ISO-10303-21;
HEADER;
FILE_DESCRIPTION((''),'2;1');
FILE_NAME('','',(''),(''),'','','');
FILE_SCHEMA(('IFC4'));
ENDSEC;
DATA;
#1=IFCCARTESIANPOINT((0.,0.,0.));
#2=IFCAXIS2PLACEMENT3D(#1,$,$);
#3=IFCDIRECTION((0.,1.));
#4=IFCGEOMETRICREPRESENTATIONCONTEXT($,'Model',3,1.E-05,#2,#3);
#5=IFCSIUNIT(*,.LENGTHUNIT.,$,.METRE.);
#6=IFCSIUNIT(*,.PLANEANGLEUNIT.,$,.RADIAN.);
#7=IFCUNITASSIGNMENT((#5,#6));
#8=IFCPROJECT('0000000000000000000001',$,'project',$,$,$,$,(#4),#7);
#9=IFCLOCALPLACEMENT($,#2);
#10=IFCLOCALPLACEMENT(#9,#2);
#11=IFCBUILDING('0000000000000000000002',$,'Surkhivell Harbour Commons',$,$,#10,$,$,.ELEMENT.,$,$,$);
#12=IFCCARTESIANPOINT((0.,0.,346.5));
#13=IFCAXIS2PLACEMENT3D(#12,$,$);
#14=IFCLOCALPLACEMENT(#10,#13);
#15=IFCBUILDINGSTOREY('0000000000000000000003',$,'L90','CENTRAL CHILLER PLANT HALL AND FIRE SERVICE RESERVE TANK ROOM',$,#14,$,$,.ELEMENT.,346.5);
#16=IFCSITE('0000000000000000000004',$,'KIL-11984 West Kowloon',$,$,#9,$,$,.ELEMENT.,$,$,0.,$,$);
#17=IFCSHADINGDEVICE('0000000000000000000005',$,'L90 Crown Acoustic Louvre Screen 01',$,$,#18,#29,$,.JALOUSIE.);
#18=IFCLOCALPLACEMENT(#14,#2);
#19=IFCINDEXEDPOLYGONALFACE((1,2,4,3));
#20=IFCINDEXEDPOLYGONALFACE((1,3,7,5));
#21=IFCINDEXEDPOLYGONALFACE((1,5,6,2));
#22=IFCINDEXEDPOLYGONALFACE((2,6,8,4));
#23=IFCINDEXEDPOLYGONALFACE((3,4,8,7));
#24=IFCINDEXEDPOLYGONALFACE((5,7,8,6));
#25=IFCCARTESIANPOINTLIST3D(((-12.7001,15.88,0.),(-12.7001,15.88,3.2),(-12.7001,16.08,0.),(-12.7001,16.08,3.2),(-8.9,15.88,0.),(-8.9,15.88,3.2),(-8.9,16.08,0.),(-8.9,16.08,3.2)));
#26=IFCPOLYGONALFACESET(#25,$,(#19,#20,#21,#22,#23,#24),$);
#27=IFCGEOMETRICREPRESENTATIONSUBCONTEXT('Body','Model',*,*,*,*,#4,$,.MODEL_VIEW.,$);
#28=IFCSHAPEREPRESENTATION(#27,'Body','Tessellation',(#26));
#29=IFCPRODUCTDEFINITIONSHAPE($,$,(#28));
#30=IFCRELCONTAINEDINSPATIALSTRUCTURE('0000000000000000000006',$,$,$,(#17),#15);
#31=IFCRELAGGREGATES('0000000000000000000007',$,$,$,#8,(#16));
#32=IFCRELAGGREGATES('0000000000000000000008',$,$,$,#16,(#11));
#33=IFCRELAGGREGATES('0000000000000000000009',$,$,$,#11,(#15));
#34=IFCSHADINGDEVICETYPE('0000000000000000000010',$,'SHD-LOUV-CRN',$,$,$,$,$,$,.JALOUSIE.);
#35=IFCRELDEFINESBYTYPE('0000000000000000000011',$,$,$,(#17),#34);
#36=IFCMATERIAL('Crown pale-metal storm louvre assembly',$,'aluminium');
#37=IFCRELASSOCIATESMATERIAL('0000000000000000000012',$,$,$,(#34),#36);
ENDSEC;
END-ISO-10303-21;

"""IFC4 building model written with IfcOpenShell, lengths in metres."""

from ifc_helpers import new_model, si_unit, direction, frame, origin, origin_2d, place, context, subcontext, project, spatial, rectangle, extrude, material, type_object, element, save


model = new_model("IFC4")

# Units and contexts
model_context = context("Model", 3, precision=1e-05, world=origin(), true_north=direction((0.0, 1.0)))
body_context = subcontext(model_context, "Body", "Model", "MODEL_VIEW")
ifc_project = project(units=[si_unit("LENGTHUNIT", "METRE"), si_unit("PLANEANGLEUNIT", "RADIAN")], contexts=[model_context])

# Site, building, storey
site_placement = place(None, origin())
site = spatial("IfcSite", under=ifc_project, at=site_placement, Name="KIL-11984 West Kowloon", CompositionType="ELEMENT", RefElevation=0.0)
building_placement = place(site_placement, origin())
building = spatial("IfcBuilding", under=site, at=building_placement, Name="Surkhivell Harbour Commons", CompositionType="ELEMENT")
storey_placement = place(building_placement, frame((0.0, 0.0, 346.5)))
storey = spatial("IfcBuildingStorey", under=building, at=storey_placement, Name="L90", Description="CENTRAL CHILLER PLANT HALL AND FIRE SERVICE RESERVE TANK ROOM", CompositionType="ELEMENT", Elevation=346.5)

# Shading device
ifc_material_1 = material(Name="Crown pale-metal storm louvre assembly", Category="aluminium")
shading_device_type = type_object("IfcShadingDeviceType", Name="SHD-LOUV-CRN", PredefinedType="JALOUSIE", material=ifc_material_1)
shading_device_placement = place(storey_placement, frame((-10.8, 15.98, 0.0), z_axis=(0.0, 0.0, 1.0), x_axis=(1.0, 0.0, 0.0)))
element("IfcShadingDevice", 1, at=shading_device_placement, inside=storey, type_object=shading_device_type, Name="L90 Crown Acoustic Louvre Screen 01", PredefinedType="JALOUSIE", context=body_context, shape_type="SweptSolid", body=[
    extrude(rectangle(XDim=3.8, YDim=0.2, at=origin_2d()), origin(), (0.0, 0.0, 1.0), 3.2),
])

save(model, "model.ifc")
